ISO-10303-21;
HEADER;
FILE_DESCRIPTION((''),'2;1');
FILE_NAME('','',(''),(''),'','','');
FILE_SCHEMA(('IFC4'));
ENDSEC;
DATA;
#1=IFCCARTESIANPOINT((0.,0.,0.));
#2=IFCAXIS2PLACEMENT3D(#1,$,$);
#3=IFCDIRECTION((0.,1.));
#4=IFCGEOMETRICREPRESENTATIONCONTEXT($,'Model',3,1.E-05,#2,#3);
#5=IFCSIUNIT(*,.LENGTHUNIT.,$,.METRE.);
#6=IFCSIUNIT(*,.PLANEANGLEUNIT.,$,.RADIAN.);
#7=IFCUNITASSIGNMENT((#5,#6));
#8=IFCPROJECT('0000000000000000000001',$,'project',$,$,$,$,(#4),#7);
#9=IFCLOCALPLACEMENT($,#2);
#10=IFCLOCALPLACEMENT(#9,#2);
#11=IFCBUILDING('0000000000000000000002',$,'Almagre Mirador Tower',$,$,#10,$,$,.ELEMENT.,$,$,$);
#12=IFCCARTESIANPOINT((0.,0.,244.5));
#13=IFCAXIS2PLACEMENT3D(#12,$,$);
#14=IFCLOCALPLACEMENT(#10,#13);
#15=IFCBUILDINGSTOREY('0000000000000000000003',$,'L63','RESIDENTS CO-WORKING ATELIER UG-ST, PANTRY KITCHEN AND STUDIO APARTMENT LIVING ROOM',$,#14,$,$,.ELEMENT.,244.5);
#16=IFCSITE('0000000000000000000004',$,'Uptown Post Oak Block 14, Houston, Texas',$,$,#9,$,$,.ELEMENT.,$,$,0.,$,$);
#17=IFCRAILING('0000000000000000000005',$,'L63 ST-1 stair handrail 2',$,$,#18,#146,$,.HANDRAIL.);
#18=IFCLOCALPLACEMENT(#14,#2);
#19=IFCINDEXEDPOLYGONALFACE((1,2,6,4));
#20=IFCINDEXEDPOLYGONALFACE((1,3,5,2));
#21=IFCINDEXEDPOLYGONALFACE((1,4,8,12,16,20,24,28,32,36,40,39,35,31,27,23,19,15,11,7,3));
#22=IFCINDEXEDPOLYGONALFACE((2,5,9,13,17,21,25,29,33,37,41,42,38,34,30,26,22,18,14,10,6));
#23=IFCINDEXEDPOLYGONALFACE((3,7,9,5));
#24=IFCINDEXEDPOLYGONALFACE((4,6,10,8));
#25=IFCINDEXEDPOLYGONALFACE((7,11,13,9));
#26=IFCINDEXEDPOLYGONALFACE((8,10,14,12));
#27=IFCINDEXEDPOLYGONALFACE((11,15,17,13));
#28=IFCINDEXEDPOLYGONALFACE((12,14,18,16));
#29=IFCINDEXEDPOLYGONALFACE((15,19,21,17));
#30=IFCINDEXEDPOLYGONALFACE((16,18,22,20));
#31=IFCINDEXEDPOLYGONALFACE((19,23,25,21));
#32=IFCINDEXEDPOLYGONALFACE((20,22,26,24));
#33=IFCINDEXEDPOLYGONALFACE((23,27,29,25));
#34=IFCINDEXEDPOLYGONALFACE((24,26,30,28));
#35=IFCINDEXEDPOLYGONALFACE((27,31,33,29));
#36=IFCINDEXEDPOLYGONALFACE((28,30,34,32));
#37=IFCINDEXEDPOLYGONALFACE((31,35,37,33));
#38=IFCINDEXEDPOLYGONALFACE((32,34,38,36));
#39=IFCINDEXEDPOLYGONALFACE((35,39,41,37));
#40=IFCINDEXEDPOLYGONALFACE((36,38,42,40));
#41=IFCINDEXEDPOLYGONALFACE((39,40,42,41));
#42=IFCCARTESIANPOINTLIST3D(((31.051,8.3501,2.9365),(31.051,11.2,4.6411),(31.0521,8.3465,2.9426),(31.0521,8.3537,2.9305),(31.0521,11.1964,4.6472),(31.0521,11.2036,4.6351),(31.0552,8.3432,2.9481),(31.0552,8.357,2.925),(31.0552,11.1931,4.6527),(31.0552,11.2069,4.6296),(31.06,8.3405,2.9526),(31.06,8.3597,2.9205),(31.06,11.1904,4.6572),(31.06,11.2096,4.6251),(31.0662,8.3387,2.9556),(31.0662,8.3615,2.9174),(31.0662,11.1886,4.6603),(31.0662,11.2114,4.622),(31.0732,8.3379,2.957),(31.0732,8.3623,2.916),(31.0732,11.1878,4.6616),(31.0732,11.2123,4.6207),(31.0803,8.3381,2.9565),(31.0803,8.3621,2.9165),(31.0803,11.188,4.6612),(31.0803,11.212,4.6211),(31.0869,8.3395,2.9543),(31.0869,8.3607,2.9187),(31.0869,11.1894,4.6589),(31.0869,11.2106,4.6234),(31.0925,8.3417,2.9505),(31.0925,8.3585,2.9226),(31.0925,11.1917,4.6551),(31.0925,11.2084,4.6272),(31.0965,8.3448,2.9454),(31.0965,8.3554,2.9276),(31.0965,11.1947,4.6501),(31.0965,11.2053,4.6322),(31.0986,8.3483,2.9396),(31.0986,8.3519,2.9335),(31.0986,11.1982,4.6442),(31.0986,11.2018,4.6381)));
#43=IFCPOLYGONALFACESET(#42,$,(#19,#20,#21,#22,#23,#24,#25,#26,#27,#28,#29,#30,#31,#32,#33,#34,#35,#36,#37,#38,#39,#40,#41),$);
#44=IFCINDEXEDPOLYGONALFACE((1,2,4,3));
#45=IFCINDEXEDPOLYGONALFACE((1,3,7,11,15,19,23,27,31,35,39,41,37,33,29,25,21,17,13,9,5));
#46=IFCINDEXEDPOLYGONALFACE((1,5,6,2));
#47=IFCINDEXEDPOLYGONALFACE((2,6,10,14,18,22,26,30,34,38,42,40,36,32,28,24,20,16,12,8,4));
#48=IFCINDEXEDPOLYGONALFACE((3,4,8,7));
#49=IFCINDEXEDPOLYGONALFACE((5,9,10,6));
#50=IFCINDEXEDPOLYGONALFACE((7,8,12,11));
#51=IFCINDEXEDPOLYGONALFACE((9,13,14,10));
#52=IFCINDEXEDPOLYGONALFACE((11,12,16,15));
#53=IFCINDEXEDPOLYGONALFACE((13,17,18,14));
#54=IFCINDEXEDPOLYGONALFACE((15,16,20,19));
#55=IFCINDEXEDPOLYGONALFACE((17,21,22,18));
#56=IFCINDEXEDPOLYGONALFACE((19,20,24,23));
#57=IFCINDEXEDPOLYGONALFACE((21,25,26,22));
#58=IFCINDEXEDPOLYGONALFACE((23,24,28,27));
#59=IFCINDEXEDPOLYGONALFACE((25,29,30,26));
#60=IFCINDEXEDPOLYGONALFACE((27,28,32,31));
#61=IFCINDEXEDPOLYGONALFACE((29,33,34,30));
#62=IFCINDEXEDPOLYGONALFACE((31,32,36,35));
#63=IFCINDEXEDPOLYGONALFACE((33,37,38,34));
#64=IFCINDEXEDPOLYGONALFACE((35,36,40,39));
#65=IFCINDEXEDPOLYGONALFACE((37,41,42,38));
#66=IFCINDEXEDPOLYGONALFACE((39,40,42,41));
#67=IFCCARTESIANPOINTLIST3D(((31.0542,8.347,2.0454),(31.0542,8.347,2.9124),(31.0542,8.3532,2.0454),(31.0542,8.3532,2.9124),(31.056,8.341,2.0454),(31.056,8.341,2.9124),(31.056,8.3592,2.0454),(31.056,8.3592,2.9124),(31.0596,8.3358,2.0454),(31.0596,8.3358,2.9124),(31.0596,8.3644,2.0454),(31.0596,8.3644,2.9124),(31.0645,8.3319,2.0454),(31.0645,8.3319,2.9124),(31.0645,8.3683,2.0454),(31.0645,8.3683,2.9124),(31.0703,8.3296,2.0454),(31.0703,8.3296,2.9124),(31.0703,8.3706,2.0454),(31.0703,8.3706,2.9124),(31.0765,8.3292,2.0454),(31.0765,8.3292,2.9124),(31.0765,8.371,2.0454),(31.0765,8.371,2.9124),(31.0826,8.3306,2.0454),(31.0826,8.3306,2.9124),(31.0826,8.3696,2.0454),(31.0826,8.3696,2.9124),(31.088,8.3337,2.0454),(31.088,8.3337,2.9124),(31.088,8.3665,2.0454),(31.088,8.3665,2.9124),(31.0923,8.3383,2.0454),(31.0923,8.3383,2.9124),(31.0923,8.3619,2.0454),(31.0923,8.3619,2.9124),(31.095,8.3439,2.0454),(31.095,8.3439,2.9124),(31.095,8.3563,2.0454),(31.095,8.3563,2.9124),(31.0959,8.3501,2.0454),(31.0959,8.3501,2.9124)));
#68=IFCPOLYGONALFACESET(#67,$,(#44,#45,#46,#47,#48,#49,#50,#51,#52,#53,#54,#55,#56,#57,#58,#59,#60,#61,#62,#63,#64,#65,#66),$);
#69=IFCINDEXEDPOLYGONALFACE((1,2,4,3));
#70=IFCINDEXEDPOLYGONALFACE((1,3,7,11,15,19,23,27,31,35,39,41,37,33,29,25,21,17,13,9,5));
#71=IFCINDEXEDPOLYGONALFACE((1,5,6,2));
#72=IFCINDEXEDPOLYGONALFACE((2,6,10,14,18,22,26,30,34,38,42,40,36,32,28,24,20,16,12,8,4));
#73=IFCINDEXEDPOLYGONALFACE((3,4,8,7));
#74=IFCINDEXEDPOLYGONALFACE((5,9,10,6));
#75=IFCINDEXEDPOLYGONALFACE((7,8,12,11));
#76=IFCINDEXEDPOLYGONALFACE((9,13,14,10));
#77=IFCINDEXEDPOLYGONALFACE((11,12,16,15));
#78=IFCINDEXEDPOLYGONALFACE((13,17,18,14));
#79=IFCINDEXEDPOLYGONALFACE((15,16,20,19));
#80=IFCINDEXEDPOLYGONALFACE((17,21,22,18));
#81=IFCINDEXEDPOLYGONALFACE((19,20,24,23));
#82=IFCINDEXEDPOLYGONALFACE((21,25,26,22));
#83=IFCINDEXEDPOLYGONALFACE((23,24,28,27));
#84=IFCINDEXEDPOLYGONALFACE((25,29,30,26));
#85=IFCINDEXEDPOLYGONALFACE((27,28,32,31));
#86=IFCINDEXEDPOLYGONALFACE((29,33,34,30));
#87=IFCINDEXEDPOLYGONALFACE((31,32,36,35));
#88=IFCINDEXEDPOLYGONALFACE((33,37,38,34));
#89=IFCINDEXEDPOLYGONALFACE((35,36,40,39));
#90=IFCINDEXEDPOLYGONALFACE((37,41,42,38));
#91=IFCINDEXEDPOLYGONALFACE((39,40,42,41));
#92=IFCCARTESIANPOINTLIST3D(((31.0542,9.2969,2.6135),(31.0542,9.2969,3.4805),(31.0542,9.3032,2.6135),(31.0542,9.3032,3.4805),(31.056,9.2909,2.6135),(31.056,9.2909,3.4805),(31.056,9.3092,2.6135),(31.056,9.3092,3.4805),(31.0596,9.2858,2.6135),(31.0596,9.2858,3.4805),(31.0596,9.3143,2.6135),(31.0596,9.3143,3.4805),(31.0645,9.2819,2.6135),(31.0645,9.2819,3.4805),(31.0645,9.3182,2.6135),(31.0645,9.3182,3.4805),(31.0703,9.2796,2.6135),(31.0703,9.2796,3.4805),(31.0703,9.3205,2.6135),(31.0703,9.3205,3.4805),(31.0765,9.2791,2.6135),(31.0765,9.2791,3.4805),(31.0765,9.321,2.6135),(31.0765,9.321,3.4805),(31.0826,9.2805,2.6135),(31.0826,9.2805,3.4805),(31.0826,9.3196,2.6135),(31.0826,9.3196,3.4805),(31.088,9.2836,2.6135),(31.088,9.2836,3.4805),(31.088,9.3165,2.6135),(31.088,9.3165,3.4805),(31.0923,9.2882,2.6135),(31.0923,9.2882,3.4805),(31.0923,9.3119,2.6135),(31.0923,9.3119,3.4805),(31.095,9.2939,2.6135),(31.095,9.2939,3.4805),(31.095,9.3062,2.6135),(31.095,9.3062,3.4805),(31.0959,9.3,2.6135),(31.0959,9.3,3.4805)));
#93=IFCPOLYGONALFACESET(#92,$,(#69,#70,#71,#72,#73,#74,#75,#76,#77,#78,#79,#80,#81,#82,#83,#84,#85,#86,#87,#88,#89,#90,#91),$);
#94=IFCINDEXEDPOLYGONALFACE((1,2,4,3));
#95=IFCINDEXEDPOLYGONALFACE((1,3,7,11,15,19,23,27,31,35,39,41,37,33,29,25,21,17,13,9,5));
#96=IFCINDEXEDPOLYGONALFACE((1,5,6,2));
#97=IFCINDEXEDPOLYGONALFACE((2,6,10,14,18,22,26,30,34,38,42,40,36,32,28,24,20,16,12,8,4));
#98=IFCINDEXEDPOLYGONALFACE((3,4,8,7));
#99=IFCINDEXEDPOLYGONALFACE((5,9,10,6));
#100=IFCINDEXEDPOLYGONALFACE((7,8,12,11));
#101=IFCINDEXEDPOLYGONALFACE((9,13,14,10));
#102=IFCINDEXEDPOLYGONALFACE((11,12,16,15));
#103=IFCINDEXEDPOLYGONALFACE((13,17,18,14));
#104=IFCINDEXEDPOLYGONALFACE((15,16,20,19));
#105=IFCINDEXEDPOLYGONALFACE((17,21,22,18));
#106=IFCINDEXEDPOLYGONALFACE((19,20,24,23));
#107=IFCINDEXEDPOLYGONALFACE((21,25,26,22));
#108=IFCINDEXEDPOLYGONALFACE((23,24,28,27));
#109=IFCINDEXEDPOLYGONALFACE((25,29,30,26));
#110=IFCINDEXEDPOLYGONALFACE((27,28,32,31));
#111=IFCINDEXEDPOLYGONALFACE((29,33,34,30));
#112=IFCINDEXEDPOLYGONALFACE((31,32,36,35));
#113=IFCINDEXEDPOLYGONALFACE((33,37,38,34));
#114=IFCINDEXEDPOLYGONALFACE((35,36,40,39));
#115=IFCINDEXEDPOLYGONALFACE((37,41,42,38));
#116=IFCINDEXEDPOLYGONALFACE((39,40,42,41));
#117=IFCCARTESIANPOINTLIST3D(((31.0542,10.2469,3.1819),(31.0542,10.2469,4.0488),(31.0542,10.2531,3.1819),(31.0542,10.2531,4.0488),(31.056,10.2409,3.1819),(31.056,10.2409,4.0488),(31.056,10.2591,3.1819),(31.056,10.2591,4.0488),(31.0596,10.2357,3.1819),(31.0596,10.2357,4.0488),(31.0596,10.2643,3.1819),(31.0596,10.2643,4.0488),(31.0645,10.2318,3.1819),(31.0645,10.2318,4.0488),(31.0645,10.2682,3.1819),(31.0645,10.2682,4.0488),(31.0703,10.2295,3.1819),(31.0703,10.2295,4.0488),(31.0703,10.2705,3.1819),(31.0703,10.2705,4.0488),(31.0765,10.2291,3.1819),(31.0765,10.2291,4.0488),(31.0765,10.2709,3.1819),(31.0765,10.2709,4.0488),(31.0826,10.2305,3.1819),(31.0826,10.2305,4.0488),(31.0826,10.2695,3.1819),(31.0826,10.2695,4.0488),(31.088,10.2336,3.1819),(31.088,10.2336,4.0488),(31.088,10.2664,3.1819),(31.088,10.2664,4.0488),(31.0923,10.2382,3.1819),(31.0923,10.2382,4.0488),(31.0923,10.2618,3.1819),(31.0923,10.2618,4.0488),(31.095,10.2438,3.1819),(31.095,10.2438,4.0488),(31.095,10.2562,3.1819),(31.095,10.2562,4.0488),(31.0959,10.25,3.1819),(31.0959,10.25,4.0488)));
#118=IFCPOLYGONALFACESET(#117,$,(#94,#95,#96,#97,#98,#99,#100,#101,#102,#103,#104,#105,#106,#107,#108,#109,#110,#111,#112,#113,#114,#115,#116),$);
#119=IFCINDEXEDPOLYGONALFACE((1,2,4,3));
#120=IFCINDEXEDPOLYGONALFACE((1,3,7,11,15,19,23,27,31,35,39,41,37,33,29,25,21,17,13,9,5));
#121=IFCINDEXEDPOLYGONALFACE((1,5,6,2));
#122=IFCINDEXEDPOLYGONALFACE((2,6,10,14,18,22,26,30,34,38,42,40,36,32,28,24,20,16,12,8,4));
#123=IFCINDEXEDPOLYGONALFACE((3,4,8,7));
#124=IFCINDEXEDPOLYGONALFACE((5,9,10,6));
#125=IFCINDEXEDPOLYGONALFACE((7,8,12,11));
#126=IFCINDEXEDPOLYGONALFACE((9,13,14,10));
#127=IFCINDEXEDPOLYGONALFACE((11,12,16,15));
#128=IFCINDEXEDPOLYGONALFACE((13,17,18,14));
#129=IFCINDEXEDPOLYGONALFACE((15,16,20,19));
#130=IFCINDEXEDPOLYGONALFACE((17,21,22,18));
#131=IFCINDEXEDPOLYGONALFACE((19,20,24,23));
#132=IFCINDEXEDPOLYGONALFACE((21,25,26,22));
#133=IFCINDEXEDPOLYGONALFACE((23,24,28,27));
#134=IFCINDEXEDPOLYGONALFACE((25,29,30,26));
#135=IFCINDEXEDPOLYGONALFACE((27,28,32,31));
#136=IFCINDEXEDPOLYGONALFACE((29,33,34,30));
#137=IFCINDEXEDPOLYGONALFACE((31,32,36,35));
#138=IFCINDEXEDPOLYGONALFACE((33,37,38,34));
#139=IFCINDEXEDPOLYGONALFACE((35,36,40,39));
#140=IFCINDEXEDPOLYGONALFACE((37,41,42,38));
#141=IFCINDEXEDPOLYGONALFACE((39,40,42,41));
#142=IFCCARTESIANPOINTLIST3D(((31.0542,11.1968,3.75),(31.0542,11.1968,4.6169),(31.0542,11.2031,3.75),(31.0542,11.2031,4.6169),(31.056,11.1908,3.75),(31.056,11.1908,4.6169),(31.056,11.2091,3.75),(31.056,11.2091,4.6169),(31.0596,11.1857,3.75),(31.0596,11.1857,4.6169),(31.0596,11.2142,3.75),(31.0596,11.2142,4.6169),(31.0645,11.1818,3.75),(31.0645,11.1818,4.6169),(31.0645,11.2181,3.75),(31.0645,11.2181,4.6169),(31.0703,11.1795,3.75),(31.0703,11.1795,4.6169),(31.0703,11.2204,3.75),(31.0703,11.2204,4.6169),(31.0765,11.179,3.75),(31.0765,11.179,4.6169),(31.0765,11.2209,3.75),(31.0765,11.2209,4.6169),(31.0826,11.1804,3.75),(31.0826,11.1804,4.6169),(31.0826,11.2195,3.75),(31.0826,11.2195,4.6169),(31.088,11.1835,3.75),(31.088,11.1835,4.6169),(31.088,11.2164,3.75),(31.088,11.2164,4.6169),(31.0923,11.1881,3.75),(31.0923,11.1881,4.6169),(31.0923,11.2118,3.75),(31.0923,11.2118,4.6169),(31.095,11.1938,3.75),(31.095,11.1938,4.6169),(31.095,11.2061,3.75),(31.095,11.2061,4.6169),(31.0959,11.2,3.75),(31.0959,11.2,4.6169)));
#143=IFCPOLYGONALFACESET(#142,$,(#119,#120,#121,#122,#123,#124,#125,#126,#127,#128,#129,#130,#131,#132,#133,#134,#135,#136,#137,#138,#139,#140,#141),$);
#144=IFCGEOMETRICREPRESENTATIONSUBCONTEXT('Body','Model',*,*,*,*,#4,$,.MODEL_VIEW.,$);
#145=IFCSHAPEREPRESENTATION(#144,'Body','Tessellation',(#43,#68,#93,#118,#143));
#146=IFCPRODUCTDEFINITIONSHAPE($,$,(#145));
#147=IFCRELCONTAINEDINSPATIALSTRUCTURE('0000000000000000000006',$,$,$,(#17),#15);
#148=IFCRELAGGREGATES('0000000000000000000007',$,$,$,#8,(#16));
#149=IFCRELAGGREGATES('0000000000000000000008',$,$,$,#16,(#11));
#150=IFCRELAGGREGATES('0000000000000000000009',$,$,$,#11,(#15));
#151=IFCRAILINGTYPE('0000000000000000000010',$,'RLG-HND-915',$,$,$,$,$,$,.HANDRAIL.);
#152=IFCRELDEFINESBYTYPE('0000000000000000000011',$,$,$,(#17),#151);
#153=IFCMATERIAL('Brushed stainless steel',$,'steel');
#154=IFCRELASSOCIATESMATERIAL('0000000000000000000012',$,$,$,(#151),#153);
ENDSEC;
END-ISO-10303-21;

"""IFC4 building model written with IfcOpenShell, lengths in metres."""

from ifc_helpers import new_model, si_unit, direction, frame, origin, origin_2d, place, context, subcontext, project, spatial, circle, extrude, material, type_object, element, save


model = new_model("IFC4")

# Units and contexts
model_context = context("Model", 3, precision=1e-05, world=origin(), true_north=direction((0.0, 1.0)))
body_context = subcontext(model_context, "Body", "Model", "MODEL_VIEW")
ifc_project = project(units=[si_unit("LENGTHUNIT", "METRE"), si_unit("PLANEANGLEUNIT", "RADIAN")], contexts=[model_context])

# Site, building, storey
site_placement = place(None, origin())
site = spatial("IfcSite", under=ifc_project, at=site_placement, Name="Uptown Post Oak Block 14, Houston, Texas", CompositionType="ELEMENT", RefElevation=0.0)
building_placement = place(site_placement, origin())
building = spatial("IfcBuilding", under=site, at=building_placement, Name="Almagre Mirador Tower", CompositionType="ELEMENT")
storey_placement = place(building_placement, frame((0.0, 0.0, 244.5)))
storey = spatial("IfcBuildingStorey", under=building, at=storey_placement, Name="L63", Description="RESIDENTS CO-WORKING ATELIER UG-ST, PANTRY KITCHEN AND STUDIO APARTMENT LIVING ROOM", CompositionType="ELEMENT", Elevation=244.5)

# Railing
ifc_material_1 = material(Name="Brushed stainless steel", Category="steel")
railing_type_1 = type_object("IfcRailingType", Name="RLG-HND-915", PredefinedType="HANDRAIL", material=ifc_material_1)
railing_1_placement = place(storey_placement, frame((31.075, 8.3501, 2.0454)))
element("IfcRailing", 1, at=railing_1_placement, inside=storey, type_object=railing_type_1, Name="L63 ST-1 stair handrail 2", PredefinedType="HANDRAIL", context=body_context, shape_type="SweptSolid", body=[
    extrude(circle(Radius=0.0239, at=origin_2d()), frame((0.0, 0.0, 0.8911), z_axis=(0.0, 0.858199, 0.513317), x_axis=(-1.0, 0.0, 0.0)), (0.0, 0.0, 1.0), 3.3208),
    extrude(circle(Radius=0.021, at=origin_2d()), origin(), (0.0, 0.0, 1.0), 0.8669),
    extrude(circle(Radius=0.021, at=origin_2d()), frame((0.0, 0.95, 0.5681)), (0.0, 0.0, 1.0), 0.8669),
    extrude(circle(Radius=0.021, at=origin_2d()), frame((0.0, 1.8999, 1.1365)), (0.0, 0.0, 1.0), 0.8669),
    extrude(circle(Radius=0.021, at=origin_2d()), frame((0.0, 2.8499, 1.7046)), (0.0, 0.0, 1.0), 0.8669),
])

save(model, "model.ifc")
